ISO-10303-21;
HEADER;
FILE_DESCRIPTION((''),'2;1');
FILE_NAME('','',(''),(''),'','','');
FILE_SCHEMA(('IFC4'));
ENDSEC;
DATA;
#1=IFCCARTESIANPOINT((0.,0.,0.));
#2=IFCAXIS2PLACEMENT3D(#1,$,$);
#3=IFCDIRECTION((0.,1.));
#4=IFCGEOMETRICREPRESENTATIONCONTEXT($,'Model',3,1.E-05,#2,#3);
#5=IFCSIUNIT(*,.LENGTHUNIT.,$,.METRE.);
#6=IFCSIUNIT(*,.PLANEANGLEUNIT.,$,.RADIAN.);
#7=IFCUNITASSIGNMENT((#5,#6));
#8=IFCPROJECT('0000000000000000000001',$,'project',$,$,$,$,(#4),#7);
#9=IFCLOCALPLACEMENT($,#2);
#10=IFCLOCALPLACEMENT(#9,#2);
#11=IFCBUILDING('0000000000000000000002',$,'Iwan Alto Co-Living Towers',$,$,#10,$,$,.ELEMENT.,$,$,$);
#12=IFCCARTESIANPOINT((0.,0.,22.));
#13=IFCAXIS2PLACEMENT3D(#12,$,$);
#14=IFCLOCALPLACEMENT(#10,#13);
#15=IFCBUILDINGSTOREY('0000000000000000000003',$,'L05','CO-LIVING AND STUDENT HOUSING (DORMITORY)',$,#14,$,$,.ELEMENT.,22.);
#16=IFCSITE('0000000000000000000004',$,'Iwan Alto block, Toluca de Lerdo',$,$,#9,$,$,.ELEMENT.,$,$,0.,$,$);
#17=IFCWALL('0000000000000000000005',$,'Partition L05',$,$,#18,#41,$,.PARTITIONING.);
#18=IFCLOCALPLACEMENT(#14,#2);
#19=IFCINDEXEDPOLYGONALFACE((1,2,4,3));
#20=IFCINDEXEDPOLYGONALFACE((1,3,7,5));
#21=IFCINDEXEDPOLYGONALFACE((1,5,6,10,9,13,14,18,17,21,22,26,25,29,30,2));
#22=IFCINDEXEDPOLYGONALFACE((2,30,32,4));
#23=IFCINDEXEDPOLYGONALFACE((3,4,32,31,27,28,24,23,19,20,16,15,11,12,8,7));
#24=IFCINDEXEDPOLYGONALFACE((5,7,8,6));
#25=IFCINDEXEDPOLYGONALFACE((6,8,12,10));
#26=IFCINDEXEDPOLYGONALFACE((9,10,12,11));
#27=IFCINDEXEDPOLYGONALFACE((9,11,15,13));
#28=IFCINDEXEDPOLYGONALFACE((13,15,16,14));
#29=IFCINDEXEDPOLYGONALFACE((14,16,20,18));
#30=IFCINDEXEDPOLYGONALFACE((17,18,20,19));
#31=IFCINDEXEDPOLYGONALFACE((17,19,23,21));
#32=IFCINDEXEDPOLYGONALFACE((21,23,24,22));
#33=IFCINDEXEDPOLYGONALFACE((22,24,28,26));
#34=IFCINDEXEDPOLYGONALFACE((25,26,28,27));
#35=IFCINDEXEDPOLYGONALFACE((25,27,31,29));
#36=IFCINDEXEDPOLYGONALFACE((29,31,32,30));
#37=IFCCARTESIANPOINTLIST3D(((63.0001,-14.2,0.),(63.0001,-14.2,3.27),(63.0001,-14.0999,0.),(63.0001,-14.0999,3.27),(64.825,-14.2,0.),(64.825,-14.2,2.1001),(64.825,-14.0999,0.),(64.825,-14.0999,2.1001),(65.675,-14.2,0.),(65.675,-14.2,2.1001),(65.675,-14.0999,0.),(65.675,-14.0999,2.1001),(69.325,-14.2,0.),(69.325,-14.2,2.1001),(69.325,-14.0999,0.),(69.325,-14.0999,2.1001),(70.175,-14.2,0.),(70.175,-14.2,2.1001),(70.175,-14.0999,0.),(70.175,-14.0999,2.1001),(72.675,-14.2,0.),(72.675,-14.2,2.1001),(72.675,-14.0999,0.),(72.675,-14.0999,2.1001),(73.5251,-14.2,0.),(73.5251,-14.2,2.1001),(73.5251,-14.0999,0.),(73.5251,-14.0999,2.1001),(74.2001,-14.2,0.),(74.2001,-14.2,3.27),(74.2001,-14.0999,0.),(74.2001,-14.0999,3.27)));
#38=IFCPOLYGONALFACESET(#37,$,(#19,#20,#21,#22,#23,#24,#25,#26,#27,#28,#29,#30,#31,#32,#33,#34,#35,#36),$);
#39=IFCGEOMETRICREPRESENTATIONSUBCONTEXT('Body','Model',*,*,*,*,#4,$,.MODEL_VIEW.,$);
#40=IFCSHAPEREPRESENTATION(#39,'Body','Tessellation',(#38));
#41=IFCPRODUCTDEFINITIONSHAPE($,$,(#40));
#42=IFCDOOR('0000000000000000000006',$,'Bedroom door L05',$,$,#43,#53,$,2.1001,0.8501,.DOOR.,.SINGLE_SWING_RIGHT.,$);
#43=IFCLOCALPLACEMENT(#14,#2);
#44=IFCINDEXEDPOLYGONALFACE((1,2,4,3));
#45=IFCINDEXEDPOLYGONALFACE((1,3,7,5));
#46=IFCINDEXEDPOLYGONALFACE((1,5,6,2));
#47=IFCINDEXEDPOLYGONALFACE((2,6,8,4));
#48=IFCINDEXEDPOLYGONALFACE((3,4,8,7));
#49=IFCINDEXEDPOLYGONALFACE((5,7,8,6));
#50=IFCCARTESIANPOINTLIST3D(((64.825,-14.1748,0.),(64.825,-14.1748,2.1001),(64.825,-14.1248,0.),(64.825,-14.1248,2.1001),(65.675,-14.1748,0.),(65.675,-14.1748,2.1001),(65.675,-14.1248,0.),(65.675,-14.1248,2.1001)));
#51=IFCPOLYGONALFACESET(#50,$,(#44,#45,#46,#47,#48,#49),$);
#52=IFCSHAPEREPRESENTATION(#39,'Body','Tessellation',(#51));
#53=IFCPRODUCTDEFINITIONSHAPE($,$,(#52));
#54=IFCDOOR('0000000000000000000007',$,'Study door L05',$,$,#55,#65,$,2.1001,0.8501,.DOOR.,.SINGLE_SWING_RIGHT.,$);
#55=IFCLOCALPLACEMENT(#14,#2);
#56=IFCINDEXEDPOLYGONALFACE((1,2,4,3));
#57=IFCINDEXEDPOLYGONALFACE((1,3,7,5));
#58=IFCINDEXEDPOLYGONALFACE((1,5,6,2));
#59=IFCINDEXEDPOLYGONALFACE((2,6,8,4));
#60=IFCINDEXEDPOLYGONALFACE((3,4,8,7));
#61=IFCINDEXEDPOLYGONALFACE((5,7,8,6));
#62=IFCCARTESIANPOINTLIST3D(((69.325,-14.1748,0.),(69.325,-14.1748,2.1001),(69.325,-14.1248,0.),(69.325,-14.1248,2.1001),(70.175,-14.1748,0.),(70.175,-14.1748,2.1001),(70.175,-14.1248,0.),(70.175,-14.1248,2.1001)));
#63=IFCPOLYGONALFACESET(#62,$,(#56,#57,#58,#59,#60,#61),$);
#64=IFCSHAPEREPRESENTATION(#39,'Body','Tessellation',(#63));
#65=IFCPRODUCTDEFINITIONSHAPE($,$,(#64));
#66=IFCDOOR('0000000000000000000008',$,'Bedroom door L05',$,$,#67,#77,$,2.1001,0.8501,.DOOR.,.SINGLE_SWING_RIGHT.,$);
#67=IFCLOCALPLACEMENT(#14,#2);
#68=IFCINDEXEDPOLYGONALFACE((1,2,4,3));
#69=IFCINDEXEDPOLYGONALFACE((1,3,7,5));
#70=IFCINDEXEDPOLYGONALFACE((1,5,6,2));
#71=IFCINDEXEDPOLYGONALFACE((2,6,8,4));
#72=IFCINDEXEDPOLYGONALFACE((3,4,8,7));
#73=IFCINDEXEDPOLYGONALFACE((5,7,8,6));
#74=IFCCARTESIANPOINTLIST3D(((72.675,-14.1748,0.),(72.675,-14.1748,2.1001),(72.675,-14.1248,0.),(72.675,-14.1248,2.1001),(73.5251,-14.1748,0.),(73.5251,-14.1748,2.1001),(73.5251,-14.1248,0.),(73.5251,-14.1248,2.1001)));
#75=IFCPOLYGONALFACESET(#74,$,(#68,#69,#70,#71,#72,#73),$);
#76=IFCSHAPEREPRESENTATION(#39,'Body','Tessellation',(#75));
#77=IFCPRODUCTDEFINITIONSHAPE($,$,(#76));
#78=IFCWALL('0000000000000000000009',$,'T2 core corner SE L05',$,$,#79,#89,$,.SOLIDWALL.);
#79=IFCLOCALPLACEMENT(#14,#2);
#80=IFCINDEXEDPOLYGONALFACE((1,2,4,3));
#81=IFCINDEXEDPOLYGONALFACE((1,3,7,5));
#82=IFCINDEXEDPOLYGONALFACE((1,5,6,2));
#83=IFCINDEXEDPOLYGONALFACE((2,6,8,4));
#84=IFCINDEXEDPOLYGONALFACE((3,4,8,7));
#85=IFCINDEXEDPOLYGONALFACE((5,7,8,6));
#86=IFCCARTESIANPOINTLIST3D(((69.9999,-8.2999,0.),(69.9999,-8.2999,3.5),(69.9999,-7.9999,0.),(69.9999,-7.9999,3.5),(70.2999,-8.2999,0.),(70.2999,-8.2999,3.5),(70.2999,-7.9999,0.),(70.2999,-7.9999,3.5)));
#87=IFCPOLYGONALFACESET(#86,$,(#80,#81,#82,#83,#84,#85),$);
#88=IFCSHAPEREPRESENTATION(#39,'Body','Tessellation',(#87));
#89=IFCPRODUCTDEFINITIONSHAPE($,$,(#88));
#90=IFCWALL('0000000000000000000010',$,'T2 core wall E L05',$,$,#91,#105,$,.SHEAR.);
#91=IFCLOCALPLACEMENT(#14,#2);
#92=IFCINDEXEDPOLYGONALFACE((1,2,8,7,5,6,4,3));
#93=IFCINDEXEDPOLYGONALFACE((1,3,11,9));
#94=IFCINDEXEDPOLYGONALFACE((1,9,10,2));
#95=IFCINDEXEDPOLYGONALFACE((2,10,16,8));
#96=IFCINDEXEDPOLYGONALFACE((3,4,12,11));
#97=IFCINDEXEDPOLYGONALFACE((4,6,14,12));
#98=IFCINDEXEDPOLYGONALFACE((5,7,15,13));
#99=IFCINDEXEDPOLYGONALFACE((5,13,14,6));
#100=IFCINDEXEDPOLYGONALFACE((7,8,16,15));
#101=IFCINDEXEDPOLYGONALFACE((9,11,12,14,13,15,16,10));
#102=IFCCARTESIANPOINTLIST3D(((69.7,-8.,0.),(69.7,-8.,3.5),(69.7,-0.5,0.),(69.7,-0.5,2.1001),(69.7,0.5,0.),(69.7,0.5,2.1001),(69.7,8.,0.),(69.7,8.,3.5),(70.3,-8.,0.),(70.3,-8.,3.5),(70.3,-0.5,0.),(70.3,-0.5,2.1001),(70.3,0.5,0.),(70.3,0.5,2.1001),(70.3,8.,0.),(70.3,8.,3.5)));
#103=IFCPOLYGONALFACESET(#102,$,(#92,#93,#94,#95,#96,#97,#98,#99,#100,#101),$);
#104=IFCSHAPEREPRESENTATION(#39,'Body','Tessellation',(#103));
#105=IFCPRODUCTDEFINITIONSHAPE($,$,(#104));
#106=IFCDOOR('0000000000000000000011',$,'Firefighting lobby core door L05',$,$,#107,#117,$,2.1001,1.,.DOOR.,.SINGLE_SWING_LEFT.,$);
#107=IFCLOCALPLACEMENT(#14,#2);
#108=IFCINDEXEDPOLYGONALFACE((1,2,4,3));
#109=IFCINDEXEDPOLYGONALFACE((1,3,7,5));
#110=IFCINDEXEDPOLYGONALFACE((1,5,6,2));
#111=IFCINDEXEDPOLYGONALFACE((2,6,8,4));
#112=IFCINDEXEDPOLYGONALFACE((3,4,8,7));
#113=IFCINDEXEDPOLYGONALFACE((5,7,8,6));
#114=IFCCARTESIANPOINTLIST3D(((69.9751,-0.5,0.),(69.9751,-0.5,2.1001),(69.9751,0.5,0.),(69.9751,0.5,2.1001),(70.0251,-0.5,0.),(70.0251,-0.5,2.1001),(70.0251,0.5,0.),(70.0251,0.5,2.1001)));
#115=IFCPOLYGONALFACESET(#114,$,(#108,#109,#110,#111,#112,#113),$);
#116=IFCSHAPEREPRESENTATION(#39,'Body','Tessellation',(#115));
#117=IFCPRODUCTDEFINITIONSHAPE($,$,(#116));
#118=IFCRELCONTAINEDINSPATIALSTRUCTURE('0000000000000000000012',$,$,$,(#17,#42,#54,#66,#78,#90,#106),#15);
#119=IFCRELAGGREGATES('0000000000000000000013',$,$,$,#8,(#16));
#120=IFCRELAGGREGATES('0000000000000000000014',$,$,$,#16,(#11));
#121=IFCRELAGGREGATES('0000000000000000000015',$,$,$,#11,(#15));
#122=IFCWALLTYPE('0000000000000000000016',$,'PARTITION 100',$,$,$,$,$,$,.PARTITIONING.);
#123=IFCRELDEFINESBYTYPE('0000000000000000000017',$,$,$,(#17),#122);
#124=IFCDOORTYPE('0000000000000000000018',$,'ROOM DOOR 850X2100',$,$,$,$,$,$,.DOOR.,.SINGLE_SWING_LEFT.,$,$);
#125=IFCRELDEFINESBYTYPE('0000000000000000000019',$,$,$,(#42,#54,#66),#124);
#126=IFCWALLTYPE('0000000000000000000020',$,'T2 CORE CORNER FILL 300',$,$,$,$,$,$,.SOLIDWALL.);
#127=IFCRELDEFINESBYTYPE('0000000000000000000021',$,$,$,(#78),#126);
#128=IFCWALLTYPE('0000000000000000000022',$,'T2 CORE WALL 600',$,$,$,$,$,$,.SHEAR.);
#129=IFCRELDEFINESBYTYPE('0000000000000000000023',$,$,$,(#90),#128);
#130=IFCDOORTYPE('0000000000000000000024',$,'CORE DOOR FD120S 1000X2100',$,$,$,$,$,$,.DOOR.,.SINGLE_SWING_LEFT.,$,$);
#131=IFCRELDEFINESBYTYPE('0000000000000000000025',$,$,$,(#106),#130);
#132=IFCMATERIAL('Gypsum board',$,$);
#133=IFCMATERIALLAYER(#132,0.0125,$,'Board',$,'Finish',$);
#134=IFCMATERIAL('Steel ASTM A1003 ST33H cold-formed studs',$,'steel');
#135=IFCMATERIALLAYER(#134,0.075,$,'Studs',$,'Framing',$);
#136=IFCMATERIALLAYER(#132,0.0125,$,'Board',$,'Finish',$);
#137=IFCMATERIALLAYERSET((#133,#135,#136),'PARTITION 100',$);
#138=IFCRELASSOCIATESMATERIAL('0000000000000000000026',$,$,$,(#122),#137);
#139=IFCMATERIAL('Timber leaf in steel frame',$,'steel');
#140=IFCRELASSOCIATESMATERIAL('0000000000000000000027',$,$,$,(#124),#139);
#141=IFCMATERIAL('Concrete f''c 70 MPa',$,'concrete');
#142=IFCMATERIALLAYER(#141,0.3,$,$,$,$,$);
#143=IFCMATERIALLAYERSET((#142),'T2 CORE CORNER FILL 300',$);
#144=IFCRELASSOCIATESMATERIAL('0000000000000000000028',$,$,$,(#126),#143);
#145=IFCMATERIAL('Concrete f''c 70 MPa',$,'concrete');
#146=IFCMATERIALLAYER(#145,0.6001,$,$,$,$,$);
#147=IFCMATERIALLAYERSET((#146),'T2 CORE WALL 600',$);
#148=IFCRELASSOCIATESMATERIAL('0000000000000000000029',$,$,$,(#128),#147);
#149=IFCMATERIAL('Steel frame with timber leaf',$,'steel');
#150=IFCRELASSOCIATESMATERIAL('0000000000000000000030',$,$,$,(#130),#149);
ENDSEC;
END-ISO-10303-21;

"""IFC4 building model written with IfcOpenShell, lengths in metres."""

from ifc_helpers import new_model, si_unit, direction, frame, frame_2d, origin, place, context, subcontext, project, spatial, rectangle, extrude, material, layer, layer_set, type_object, element, fill, save


model = new_model("IFC4")

# Units and contexts
model_context = context("Model", 3, precision=1e-05, world=origin(), true_north=direction((0.0, 1.0)))
body_context = subcontext(model_context, "Body", "Model", "MODEL_VIEW")
ifc_project = project(units=[si_unit("LENGTHUNIT", "METRE"), si_unit("PLANEANGLEUNIT", "RADIAN")], contexts=[model_context])

# Site, building, storey
site_placement = place(None, origin())
site = spatial("IfcSite", under=ifc_project, at=site_placement, Name="Iwan Alto block, Toluca de Lerdo", CompositionType="ELEMENT", RefElevation=0.0)
building_placement = place(site_placement, origin())
building = spatial("IfcBuilding", under=site, at=building_placement, Name="Iwan Alto Co-Living Towers", CompositionType="ELEMENT")
storey_placement = place(building_placement, frame((0.0, 0.0, 22.0)))
storey = spatial("IfcBuildingStorey", under=building, at=storey_placement, Name="L05", Description="CO-LIVING AND STUDENT HOUSING (DORMITORY)", CompositionType="ELEMENT", Elevation=22.0)

# Shared definitions
ifc_material_1 = material(Name="Gypsum board")
ifc_material_2 = material(Name="Steel ASTM A1003 ST33H cold-formed studs", Category="steel")

# Wall, openings, doors
ifc_layer_1 = layer(ifc_material_1, 0.0125, Name="Board", Category="Finish")
ifc_layer_2 = layer(ifc_material_2, 0.075, Name="Studs", Category="Framing")
ifc_layer_3 = layer(ifc_material_1, 0.0125, Name="Board", Category="Finish")
ifc_layer_set_1 = layer_set([ifc_layer_1, ifc_layer_2, ifc_layer_3], Name="PARTITION 100")
wall_type_1 = type_object("IfcWallType", Name="PARTITION 100", PredefinedType="PARTITIONING", material=ifc_layer_set_1)
wall_1_placement = place(storey_placement, frame((63.0, -14.1499, 0.0), z_axis=(0.0, 0.0, 1.0), x_axis=(1.0, 0.0, 0.0)))
wall_1 = element("IfcWall", 1, at=wall_1_placement, inside=storey, type_object=wall_type_1, Name="Partition L05", PredefinedType="PARTITIONING", context=body_context, shape_type="SweptSolid", body=[
    extrude(rectangle(XDim=11.2, YDim=0.1001, at=frame_2d((5.6001, 0.0))), origin(), (0.0, 0.0, 1.0), 3.27),
])
opening_1_placement = place(wall_1_placement, frame((1.825, 0.0, 0.0)))
opening_1 = element("IfcOpeningElement", 2, at=opening_1_placement, cuts=wall_1, PredefinedType="OPENING", context=body_context, shape_type="SweptSolid", body=[
    extrude(rectangle(XDim=0.8501, YDim=2.1001, at=frame_2d((0.425, 1.05))), frame((0.0, 0.0601, 0.0), z_axis=(0.0, -1.0, 0.0), x_axis=(1.0, 0.0, 0.0)), (0.0, 0.0, 1.0), 0.1201),
])
opening_2_placement = place(wall_1_placement, frame((6.325, 0.0, 0.0)))
opening_2 = element("IfcOpeningElement", 3, at=opening_2_placement, cuts=wall_1, PredefinedType="OPENING", context=body_context, shape_type="SweptSolid", body=[
    extrude(rectangle(XDim=0.8501, YDim=2.1001, at=frame_2d((0.425, 1.05))), frame((0.0, 0.0601, 0.0), z_axis=(0.0, -1.0, 0.0), x_axis=(1.0, 0.0, 0.0)), (0.0, 0.0, 1.0), 0.1201),
])
opening_3_placement = place(wall_1_placement, frame((9.675, 0.0, 0.0)))
opening_3 = element("IfcOpeningElement", 4, at=opening_3_placement, cuts=wall_1, PredefinedType="OPENING", context=body_context, shape_type="SweptSolid", body=[
    extrude(rectangle(XDim=0.8501, YDim=2.1001, at=frame_2d((0.425, 1.05))), frame((0.0, 0.0601, 0.0), z_axis=(0.0, -1.0, 0.0), x_axis=(1.0, 0.0, 0.0)), (0.0, 0.0, 1.0), 0.1201),
])
ifc_material_3 = material(Name="Timber leaf in steel frame", Category="steel")
door_type_1 = type_object("IfcDoorType", Name="ROOM DOOR 850X2100", OperationType="SINGLE_SWING_LEFT", PredefinedType="DOOR", material=ifc_material_3)
door_1_placement = place(opening_1_placement, frame((0.8501, 0.0, 0.0), z_axis=(0.0, 0.0, 1.0), x_axis=(-1.0, 0.0, 0.0)))
door_1 = element("IfcDoor", 5, at=door_1_placement, inside=storey, type_object=door_type_1, Name="Bedroom door L05", OperationType="SINGLE_SWING_RIGHT", OverallHeight=2.1001, OverallWidth=0.8501, PredefinedType="DOOR", context=body_context, shape_type="SweptSolid", body=[
    extrude(rectangle(XDim=0.8501, YDim=2.1001, at=frame_2d((0.425, 1.05))), frame((0.0, 0.0249, 0.0), z_axis=(0.0, -1.0, 0.0), x_axis=(1.0, 0.0, 0.0)), (0.0, 0.0, 1.0), 0.05),
])
fill(opening_1, door_1)
door_2_placement = place(opening_2_placement, frame((0.8501, 0.0, 0.0), z_axis=(0.0, 0.0, 1.0), x_axis=(-1.0, 0.0, 0.0)))
door_2 = element("IfcDoor", 6, at=door_2_placement, inside=storey, type_object=door_type_1, Name="Study door L05", OperationType="SINGLE_SWING_RIGHT", OverallHeight=2.1001, OverallWidth=0.8501, PredefinedType="DOOR", context=body_context, shape_type="SweptSolid", body=[
    extrude(rectangle(XDim=0.8501, YDim=2.1001, at=frame_2d((0.425, 1.05))), frame((0.0, 0.0249, 0.0), z_axis=(0.0, -1.0, 0.0), x_axis=(1.0, 0.0, 0.0)), (0.0, 0.0, 1.0), 0.05),
])
fill(opening_2, door_2)
door_3_placement = place(opening_3_placement, frame((0.8501, 0.0, 0.0), z_axis=(0.0, 0.0, 1.0), x_axis=(-1.0, 0.0, 0.0)))
door_3 = element("IfcDoor", 7, at=door_3_placement, inside=storey, type_object=door_type_1, Name="Bedroom door L05", OperationType="SINGLE_SWING_RIGHT", OverallHeight=2.1001, OverallWidth=0.8501, PredefinedType="DOOR", context=body_context, shape_type="SweptSolid", body=[
    extrude(rectangle(XDim=0.8501, YDim=2.1001, at=frame_2d((0.425, 1.05))), frame((0.0, 0.0249, 0.0), z_axis=(0.0, -1.0, 0.0), x_axis=(1.0, 0.0, 0.0)), (0.0, 0.0, 1.0), 0.05),
])
fill(opening_3, door_3)

# Wall
ifc_material_4 = material(Name="Concrete f'c 70 MPa", Category="concrete")
ifc_layer_4 = layer(ifc_material_4, 0.3)
ifc_layer_set_2 = layer_set([ifc_layer_4], Name="T2 CORE CORNER FILL 300")
wall_type_2 = type_object("IfcWallType", Name="T2 CORE CORNER FILL 300", PredefinedType="SOLIDWALL", material=ifc_layer_set_2)
wall_2_placement = place(storey_placement, frame((70.0, -8.1499, 0.0), z_axis=(0.0, 0.0, 1.0), x_axis=(1.0, 0.0, 0.0)))
element("IfcWall", 8, at=wall_2_placement, inside=storey, type_object=wall_type_2, Name="T2 core corner SE L05", PredefinedType="SOLIDWALL", context=body_context, shape_type="SweptSolid", body=[
    extrude(rectangle(XDim=0.3, YDim=0.3, at=frame_2d((0.1499, 0.0))), origin(), (0.0, 0.0, 1.0), 3.5),
])

# Wall, opening, door
ifc_material_5 = material(Name="Concrete f'c 70 MPa", Category="concrete")
ifc_layer_5 = layer(ifc_material_5, 0.6001)
ifc_layer_set_3 = layer_set([ifc_layer_5], Name="T2 CORE WALL 600")
wall_type_3 = type_object("IfcWallType", Name="T2 CORE WALL 600", PredefinedType="SHEAR", material=ifc_layer_set_3)
wall_3_placement = place(storey_placement, frame((70.0, -8.0, 0.0), z_axis=(0.0, 0.0, 1.0), x_axis=(0.0, 1.0, 0.0)))
wall_3 = element("IfcWall", 9, at=wall_3_placement, inside=storey, type_object=wall_type_3, Name="T2 core wall E L05", PredefinedType="SHEAR", context=body_context, shape_type="SweptSolid", body=[
    extrude(rectangle(XDim=16.0, YDim=0.6001, at=frame_2d((8.0, 0.0))), origin(), (0.0, 0.0, 1.0), 3.5),
])
opening_4_placement = place(wall_3_placement, frame((7.5, 0.0, 0.0)))
opening_4 = element("IfcOpeningElement", 10, at=opening_4_placement, cuts=wall_3, PredefinedType="OPENING", context=body_context, shape_type="SweptSolid", body=[
    extrude(rectangle(XDim=1.0, YDim=2.1001, at=frame_2d((0.5, 1.05))), frame((0.0, 0.3101, 0.0), z_axis=(0.0, -1.0, 0.0), x_axis=(1.0, 0.0, 0.0)), (0.0, 0.0, 1.0), 0.6201),
])
ifc_material_6 = material(Name="Steel frame with timber leaf", Category="steel")
door_type_2 = type_object("IfcDoorType", Name="CORE DOOR FD120S 1000X2100", OperationType="SINGLE_SWING_LEFT", PredefinedType="DOOR", material=ifc_material_6)
door_4_placement = place(opening_4_placement, origin())
door_4 = element("IfcDoor", 11, at=door_4_placement, inside=storey, type_object=door_type_2, Name="Firefighting lobby core door L05", OperationType="SINGLE_SWING_LEFT", OverallHeight=2.1001, OverallWidth=1.0, PredefinedType="DOOR", context=body_context, shape_type="SweptSolid", body=[
    extrude(rectangle(XDim=1.0, YDim=2.1001, at=frame_2d((0.5, 1.05))), frame((0.0, 0.0249, 0.0), z_axis=(0.0, -1.0, 0.0), x_axis=(1.0, 0.0, 0.0)), (0.0, 0.0, 1.0), 0.05),
])
fill(opening_4, door_4)

save(model, "model.ifc")
